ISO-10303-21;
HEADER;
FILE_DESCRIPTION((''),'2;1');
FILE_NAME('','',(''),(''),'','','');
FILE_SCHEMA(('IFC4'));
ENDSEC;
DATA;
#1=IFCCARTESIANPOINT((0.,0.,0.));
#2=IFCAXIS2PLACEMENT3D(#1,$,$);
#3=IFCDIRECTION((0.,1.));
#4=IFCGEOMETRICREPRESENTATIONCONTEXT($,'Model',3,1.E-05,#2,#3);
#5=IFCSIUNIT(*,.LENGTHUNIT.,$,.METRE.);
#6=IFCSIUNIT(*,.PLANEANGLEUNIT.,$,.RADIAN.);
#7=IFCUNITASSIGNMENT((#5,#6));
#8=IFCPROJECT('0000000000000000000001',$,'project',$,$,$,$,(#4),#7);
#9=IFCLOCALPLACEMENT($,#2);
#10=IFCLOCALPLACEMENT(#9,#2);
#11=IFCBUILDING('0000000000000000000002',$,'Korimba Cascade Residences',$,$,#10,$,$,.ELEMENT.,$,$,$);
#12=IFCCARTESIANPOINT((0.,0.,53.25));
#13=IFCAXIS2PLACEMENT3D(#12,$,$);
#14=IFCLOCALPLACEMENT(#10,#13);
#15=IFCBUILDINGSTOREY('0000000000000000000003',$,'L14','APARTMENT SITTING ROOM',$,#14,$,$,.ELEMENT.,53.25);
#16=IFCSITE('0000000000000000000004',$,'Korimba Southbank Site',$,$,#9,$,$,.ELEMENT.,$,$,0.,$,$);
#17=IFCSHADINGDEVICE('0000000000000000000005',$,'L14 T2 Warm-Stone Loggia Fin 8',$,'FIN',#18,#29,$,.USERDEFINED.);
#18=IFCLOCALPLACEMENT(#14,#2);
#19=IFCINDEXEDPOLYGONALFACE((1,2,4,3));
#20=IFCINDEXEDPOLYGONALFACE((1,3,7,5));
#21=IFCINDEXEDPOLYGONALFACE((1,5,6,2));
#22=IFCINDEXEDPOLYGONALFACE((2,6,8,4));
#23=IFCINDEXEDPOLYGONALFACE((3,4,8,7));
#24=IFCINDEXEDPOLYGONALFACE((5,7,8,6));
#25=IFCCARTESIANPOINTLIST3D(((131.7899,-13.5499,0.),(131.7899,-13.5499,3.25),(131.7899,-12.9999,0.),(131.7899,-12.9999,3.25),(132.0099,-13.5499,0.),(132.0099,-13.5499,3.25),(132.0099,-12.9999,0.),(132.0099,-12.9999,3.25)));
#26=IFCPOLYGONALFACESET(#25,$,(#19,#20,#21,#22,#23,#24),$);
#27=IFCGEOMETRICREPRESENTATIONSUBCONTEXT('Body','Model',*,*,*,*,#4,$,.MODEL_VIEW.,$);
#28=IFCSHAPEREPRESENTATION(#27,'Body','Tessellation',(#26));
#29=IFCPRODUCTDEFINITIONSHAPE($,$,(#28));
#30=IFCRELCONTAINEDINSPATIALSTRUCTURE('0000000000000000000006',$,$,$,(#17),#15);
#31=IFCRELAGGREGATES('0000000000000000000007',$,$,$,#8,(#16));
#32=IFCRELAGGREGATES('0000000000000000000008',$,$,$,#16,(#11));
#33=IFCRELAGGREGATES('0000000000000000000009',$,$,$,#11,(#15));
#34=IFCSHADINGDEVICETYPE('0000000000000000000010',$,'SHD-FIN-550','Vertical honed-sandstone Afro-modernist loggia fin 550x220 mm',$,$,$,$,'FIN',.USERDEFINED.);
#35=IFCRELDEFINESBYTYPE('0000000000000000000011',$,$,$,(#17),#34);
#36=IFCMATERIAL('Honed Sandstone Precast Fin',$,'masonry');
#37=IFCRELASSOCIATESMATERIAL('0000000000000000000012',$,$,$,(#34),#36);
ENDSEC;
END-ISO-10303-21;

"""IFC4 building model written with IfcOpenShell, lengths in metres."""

from ifc_helpers import new_model, si_unit, direction, frame, origin, origin_2d, place, context, subcontext, project, spatial, rectangle, extrude, material, type_object, element, save


model = new_model("IFC4")

# Units and contexts
model_context = context("Model", 3, precision=1e-05, world=origin(), true_north=direction((0.0, 1.0)))
body_context = subcontext(model_context, "Body", "Model", "MODEL_VIEW")
ifc_project = project(units=[si_unit("LENGTHUNIT", "METRE"), si_unit("PLANEANGLEUNIT", "RADIAN")], contexts=[model_context])

# Site, building, storey
site_placement = place(None, origin())
site = spatial("IfcSite", under=ifc_project, at=site_placement, Name="Korimba Southbank Site", CompositionType="ELEMENT", RefElevation=0.0)
building_placement = place(site_placement, origin())
building = spatial("IfcBuilding", under=site, at=building_placement, Name="Korimba Cascade Residences", CompositionType="ELEMENT")
storey_placement = place(building_placement, frame((0.0, 0.0, 53.25)))
storey = spatial("IfcBuildingStorey", under=building, at=storey_placement, Name="L14", Description="APARTMENT SITTING ROOM", CompositionType="ELEMENT", Elevation=53.25)

# Shading device
ifc_material_1 = material(Name="Honed Sandstone Precast Fin", Category="masonry")
shading_device_type = type_object("IfcShadingDeviceType", Name="SHD-FIN-550", Description="Vertical honed-sandstone Afro-modernist loggia fin 550x220 mm", ElementType="FIN", PredefinedType="USERDEFINED", material=ifc_material_1)
for number, where, z_axis, x_axis, name in (
    (1, (131.8999, -13.2749, 0.0), (0.0, 0.0, 1.0), (1.0, 0.0, 0.0), "L14 T2 Warm-Stone Loggia Fin 8"),
):
    element("IfcShadingDevice", number, at=place(storey_placement, frame(where, z_axis=z_axis, x_axis=x_axis)), inside=storey, type_object=shading_device_type, Name=name, ObjectType="FIN", PredefinedType="USERDEFINED", context=body_context, shape_type="SweptSolid", body=[
        extrude(rectangle(XDim=0.22, YDim=0.55, at=origin_2d()), origin(), (0.0, 0.0, 1.0), 3.25),
    ])

save(model, "model.ifc")
